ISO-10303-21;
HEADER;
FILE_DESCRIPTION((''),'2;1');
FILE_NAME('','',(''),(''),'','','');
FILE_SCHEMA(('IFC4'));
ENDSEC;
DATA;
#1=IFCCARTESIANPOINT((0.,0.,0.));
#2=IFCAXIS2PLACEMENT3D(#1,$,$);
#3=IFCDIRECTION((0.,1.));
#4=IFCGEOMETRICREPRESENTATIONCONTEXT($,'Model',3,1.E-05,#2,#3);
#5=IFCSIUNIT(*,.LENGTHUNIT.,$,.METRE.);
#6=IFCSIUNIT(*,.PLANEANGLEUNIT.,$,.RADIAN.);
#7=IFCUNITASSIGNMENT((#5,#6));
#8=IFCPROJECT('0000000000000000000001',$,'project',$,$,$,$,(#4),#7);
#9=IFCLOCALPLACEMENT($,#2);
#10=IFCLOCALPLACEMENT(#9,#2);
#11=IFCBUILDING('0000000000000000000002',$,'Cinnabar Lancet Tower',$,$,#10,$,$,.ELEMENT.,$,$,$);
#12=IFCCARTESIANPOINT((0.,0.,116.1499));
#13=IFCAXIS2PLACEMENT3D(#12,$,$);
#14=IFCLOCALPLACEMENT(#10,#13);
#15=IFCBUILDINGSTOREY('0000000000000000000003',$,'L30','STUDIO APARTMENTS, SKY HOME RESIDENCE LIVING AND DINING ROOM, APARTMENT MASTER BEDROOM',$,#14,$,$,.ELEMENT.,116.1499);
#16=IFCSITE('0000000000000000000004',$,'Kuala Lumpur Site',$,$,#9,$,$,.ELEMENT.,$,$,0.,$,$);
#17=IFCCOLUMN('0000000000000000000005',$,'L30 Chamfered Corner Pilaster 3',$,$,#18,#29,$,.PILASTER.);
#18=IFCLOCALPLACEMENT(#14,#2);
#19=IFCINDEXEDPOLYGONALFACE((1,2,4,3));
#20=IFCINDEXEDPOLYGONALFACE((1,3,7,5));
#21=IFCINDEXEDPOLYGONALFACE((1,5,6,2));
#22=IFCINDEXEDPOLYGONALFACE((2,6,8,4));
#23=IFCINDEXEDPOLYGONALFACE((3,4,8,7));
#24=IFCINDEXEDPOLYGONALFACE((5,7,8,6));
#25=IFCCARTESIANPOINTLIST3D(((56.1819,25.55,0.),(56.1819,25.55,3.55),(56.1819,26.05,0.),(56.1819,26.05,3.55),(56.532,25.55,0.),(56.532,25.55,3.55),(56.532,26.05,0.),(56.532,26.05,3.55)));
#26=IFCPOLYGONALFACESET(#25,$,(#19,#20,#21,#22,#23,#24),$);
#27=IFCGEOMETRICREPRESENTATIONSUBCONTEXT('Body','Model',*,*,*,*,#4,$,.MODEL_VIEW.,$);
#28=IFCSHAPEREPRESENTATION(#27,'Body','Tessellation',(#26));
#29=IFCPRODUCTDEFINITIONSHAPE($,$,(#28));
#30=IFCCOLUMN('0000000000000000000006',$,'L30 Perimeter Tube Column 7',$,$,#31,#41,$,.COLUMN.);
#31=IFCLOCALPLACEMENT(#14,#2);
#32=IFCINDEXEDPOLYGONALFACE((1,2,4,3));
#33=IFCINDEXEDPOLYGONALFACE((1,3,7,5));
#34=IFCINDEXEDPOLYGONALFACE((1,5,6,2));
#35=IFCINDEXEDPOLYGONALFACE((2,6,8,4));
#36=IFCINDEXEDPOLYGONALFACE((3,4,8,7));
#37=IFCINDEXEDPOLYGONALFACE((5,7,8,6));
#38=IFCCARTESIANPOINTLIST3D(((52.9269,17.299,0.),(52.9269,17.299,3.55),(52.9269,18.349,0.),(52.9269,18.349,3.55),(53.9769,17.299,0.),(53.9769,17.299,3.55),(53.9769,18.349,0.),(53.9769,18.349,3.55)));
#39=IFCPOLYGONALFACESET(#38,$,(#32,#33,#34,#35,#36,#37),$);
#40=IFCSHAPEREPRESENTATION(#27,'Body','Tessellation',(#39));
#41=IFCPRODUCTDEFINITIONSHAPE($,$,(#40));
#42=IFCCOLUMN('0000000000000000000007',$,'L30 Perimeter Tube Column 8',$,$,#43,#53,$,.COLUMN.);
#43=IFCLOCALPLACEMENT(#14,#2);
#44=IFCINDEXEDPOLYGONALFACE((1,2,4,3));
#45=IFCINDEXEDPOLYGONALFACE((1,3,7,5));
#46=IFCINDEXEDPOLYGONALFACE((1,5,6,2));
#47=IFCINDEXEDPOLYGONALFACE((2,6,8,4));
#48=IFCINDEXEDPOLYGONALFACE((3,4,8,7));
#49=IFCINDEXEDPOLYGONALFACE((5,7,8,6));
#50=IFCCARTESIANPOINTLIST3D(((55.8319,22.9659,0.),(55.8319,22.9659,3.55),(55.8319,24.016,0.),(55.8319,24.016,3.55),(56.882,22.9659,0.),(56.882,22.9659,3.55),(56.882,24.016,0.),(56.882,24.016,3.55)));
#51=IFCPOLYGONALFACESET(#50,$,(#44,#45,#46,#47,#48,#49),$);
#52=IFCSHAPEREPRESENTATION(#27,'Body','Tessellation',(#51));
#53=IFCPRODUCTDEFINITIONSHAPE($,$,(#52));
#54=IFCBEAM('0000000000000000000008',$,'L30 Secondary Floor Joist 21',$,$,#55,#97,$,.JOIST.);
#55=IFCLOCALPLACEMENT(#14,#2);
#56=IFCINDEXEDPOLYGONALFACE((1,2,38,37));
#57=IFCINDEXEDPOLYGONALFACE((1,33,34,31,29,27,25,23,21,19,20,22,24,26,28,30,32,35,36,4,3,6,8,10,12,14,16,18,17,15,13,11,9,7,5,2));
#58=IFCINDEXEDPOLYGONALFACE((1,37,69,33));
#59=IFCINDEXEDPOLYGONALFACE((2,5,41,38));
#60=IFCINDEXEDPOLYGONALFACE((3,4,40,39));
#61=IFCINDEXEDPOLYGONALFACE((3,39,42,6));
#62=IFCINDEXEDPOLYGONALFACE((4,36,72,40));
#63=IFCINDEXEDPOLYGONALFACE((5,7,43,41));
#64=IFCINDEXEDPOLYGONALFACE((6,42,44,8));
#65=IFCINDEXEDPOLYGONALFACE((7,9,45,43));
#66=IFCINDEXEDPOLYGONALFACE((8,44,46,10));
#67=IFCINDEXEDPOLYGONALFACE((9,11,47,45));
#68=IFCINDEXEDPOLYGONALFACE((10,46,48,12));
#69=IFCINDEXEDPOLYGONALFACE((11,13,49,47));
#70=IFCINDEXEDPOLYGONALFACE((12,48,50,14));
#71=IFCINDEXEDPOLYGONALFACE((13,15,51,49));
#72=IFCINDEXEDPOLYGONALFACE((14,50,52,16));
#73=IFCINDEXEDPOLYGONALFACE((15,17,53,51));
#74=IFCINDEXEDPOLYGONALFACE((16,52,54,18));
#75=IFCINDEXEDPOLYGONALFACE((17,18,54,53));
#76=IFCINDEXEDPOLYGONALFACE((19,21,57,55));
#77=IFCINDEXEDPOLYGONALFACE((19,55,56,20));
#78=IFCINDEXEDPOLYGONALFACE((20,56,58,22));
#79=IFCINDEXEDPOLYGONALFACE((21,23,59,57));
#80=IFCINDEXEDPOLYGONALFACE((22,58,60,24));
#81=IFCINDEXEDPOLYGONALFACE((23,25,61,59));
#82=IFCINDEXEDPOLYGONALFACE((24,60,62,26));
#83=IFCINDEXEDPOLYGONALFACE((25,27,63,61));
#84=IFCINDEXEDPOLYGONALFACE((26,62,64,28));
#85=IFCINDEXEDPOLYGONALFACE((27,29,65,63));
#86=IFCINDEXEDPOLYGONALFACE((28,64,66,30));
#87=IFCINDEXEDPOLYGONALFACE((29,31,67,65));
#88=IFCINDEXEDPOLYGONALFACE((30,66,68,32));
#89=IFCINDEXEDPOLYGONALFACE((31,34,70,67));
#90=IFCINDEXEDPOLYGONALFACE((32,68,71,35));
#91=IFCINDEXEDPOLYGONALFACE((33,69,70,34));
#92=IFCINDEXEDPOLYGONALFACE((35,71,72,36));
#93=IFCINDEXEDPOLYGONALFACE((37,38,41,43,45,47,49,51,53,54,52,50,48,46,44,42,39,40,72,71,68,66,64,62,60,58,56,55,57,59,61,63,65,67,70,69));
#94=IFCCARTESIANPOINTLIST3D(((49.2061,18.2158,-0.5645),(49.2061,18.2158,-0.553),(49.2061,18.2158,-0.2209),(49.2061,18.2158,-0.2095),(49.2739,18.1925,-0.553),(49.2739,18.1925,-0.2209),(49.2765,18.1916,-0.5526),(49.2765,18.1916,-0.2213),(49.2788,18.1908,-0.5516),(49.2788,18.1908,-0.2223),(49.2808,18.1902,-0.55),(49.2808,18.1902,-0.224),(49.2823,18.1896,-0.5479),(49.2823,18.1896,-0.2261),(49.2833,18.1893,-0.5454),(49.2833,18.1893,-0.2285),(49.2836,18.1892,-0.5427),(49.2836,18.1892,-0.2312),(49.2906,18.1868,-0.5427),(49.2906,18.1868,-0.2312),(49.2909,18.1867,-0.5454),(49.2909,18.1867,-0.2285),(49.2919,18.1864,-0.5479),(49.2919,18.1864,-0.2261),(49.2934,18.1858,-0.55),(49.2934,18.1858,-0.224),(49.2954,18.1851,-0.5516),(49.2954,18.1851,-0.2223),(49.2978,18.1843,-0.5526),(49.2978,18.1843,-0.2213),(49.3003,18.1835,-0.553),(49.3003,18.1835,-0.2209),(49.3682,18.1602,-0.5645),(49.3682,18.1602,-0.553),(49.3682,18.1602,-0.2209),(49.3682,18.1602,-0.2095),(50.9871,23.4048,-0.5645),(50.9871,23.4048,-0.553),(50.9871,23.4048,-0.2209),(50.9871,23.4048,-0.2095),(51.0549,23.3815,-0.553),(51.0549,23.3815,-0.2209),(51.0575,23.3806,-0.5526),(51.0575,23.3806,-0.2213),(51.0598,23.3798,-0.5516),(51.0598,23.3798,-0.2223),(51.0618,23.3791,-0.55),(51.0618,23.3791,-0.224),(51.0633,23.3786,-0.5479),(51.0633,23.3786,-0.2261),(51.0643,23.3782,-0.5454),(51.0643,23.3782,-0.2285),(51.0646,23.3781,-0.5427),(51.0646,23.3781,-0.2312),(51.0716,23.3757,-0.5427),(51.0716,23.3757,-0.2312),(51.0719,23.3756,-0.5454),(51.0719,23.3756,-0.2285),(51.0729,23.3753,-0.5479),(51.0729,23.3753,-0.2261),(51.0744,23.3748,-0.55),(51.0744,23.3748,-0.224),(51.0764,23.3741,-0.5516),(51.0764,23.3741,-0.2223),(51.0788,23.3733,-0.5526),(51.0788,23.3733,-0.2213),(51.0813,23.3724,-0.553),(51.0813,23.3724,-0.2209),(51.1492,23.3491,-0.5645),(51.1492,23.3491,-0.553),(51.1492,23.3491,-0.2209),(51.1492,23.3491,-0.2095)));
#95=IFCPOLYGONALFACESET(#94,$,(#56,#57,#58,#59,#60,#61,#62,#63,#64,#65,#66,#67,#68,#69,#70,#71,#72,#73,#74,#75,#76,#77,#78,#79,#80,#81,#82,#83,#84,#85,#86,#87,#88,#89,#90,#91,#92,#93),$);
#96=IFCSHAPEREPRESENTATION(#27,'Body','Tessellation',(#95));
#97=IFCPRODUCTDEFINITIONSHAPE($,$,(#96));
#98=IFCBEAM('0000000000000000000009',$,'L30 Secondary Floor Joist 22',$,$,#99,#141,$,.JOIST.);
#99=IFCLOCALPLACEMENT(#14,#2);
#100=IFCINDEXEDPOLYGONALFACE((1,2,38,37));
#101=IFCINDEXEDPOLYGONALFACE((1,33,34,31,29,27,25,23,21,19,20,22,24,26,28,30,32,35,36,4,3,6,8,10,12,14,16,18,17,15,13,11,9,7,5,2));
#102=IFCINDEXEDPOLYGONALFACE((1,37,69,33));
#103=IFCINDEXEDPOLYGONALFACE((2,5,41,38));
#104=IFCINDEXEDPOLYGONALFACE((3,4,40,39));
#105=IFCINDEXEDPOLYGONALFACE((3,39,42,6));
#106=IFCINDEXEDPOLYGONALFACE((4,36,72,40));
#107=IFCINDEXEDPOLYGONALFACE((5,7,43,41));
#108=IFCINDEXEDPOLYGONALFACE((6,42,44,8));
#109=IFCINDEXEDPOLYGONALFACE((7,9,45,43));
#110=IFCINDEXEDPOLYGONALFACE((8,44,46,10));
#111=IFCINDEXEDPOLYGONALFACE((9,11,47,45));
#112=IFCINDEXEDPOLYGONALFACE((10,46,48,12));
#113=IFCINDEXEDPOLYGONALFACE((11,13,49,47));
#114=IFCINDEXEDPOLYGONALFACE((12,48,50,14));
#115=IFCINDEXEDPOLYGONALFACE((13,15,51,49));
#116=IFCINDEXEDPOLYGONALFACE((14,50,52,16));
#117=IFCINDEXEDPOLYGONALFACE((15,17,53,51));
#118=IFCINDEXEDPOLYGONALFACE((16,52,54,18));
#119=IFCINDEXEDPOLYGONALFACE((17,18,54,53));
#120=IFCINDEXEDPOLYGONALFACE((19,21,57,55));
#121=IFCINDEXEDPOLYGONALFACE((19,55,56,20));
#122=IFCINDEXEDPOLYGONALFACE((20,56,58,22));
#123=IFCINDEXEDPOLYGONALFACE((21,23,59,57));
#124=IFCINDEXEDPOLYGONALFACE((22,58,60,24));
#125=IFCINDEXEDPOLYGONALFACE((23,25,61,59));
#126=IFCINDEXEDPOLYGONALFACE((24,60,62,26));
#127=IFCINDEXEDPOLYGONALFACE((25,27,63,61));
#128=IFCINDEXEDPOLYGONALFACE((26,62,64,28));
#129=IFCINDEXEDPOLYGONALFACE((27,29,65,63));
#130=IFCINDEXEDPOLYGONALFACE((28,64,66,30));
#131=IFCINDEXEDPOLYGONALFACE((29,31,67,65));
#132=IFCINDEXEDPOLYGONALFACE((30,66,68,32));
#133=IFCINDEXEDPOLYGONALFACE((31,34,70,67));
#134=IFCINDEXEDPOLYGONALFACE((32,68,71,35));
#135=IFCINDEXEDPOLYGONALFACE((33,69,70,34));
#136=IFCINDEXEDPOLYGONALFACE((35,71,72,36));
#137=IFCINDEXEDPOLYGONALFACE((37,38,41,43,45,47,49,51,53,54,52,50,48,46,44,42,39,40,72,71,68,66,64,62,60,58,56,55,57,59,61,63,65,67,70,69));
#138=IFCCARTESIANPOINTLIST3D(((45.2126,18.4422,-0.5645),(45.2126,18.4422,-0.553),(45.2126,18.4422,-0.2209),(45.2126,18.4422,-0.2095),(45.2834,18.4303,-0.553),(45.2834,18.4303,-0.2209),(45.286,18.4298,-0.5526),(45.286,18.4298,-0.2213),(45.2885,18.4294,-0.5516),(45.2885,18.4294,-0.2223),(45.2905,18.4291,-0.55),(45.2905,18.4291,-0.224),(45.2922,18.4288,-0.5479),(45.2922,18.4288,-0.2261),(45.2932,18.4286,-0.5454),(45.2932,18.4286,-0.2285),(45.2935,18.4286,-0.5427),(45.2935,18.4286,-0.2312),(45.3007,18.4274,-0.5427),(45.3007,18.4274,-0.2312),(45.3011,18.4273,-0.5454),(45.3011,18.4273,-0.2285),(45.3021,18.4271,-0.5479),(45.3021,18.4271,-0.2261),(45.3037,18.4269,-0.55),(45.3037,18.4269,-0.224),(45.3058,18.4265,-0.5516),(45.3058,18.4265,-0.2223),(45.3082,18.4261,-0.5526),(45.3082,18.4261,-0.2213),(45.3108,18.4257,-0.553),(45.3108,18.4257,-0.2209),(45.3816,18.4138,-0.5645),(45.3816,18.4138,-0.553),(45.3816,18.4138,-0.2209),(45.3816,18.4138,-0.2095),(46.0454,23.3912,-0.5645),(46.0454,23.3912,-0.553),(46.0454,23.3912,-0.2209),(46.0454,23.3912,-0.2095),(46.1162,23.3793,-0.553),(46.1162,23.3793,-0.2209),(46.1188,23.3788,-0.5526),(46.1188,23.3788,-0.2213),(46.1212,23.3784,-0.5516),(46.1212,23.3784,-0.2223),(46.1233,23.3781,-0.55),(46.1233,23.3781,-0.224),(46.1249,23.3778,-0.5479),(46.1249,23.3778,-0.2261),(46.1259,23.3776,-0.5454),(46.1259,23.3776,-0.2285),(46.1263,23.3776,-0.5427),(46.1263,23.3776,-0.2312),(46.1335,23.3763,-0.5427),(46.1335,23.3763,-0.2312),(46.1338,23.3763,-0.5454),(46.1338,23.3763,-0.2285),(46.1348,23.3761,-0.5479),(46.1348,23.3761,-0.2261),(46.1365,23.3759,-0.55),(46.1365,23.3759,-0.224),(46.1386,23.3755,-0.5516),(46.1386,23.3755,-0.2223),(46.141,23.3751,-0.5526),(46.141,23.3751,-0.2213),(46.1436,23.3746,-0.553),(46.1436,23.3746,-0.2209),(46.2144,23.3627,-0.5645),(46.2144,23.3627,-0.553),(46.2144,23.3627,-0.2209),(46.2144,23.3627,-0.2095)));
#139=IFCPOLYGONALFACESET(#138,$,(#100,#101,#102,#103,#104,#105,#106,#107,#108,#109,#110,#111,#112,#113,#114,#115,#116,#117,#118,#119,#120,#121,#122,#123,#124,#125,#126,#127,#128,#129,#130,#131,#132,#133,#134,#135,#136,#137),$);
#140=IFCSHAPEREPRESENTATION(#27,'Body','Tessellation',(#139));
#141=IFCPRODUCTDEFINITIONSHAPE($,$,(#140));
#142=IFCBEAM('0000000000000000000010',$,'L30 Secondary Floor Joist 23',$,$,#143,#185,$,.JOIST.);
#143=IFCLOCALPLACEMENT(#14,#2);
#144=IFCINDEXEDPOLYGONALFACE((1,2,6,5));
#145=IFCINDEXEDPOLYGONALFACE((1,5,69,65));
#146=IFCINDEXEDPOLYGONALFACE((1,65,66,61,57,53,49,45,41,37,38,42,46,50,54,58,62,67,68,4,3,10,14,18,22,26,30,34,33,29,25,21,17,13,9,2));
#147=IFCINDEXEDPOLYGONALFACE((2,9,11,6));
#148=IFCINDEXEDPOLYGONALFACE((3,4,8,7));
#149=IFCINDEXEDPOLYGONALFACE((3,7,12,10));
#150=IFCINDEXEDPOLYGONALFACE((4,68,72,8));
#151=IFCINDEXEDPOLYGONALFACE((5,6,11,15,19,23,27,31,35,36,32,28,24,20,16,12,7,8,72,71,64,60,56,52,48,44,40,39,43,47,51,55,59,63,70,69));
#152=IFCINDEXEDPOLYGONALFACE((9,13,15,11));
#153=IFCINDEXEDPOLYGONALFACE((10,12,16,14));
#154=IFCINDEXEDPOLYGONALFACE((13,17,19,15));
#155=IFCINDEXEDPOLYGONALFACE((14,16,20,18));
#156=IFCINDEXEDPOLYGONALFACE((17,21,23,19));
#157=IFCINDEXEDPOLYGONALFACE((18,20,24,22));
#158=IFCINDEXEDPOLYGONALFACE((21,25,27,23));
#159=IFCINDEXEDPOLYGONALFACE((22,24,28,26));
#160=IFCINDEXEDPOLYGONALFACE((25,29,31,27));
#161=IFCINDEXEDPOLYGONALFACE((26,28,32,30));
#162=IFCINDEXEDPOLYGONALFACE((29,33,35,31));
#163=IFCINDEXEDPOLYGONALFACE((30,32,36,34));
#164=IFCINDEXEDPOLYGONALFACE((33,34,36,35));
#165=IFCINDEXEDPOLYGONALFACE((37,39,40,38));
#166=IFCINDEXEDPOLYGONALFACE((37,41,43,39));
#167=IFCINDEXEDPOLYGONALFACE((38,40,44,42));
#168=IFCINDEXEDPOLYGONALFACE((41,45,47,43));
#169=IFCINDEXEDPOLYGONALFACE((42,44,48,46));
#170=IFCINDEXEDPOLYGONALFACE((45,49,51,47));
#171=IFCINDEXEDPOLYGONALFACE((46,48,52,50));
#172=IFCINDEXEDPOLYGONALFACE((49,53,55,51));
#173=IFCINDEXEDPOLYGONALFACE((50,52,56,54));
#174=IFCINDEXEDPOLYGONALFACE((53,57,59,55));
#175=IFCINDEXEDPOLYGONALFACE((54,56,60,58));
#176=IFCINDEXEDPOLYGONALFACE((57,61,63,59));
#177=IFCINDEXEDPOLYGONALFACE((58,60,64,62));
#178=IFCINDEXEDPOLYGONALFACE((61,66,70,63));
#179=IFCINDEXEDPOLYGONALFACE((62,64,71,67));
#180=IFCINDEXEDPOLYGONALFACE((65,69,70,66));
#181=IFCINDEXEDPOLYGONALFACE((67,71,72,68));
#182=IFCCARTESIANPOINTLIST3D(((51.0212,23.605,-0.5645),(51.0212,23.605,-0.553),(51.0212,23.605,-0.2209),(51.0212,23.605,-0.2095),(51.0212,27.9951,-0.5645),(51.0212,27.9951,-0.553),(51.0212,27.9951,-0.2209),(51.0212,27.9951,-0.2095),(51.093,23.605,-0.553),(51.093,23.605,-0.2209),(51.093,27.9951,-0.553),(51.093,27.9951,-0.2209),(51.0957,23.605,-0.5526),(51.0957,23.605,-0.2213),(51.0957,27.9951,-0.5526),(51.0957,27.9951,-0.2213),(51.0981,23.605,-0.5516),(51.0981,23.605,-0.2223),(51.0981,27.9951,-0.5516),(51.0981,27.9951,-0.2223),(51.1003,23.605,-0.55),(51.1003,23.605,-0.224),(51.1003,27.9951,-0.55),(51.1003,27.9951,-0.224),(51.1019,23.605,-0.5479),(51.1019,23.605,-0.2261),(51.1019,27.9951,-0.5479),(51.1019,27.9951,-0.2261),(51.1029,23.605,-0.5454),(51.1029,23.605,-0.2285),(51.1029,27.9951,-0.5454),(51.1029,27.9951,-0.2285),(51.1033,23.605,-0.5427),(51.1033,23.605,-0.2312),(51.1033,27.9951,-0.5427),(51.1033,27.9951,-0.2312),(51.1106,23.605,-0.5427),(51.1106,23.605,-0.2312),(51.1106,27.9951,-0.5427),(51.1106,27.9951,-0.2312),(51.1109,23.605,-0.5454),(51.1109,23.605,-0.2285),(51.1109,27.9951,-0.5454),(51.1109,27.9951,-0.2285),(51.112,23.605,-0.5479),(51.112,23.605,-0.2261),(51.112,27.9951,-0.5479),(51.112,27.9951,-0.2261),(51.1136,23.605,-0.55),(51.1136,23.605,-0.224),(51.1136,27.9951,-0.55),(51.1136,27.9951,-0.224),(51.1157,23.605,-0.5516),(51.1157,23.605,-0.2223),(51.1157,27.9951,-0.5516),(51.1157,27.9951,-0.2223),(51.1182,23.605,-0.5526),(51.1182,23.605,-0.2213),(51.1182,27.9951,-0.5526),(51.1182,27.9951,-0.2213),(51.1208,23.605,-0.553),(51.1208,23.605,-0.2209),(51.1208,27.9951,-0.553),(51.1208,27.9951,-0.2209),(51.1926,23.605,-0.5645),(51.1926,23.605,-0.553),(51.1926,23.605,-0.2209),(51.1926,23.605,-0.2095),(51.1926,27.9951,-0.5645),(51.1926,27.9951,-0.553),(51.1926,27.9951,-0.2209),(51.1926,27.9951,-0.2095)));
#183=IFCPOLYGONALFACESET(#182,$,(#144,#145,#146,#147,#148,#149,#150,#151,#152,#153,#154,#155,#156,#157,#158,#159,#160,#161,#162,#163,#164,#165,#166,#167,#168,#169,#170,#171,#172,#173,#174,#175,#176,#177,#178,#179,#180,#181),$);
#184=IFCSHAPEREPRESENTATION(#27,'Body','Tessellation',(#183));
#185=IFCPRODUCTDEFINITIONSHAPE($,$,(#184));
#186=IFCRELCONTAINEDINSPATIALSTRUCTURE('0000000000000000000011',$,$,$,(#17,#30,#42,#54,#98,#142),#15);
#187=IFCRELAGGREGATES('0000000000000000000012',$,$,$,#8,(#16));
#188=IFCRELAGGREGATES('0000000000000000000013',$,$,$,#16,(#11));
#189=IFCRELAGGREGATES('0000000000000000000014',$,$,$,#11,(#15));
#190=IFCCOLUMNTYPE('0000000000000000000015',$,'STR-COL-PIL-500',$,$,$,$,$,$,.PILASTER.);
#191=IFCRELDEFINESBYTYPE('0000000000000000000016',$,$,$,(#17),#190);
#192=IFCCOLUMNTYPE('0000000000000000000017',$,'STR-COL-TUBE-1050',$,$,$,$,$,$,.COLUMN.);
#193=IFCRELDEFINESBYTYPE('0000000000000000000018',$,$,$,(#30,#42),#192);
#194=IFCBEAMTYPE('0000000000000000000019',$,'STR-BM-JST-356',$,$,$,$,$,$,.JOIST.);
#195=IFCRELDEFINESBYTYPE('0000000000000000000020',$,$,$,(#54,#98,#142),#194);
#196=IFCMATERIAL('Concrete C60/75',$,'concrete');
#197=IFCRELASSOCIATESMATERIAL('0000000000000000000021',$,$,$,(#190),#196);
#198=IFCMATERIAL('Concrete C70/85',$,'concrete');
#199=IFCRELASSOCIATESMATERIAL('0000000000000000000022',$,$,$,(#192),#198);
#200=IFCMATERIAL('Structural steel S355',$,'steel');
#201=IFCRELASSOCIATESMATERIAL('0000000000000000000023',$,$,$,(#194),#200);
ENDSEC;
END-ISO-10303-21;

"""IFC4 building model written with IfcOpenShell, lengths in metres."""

from ifc_helpers import new_model, si_unit, direction, frame, origin, origin_2d, place, context, subcontext, project, spatial, rectangle, i_section, extrude, material, material_profile, profile_set, type_object, element, save


model = new_model("IFC4")

# Units and contexts
model_context = context("Model", 3, precision=1e-05, world=origin(), true_north=direction((0.0, 1.0)))
body_context = subcontext(model_context, "Body", "Model", "MODEL_VIEW")
ifc_project = project(units=[si_unit("LENGTHUNIT", "METRE"), si_unit("PLANEANGLEUNIT", "RADIAN")], contexts=[model_context])

# Site, building, storey
site_placement = place(None, origin())
site = spatial("IfcSite", under=ifc_project, at=site_placement, Name="Kuala Lumpur Site", CompositionType="ELEMENT", RefElevation=0.0)
building_placement = place(site_placement, origin())
building = spatial("IfcBuilding", under=site, at=building_placement, Name="Cinnabar Lancet Tower", CompositionType="ELEMENT")
storey_placement = place(building_placement, frame((0.0, 0.0, 116.1499)))
storey = spatial("IfcBuildingStorey", under=building, at=storey_placement, Name="L30", Description="STUDIO APARTMENTS, SKY HOME RESIDENCE LIVING AND DINING ROOM, APARTMENT MASTER BEDROOM", CompositionType="ELEMENT", Elevation=116.1499)

# Columns
ifc_material_1 = material(Name="Concrete C60/75", Category="concrete")
ifc_material_profile_1 = material_profile(ifc_material_1, rectangle(XDim=0.5, YDim=0.3501, at=origin_2d()), Name="RC-PIL 500x350")
ifc_profile_set_1 = profile_set([ifc_material_profile_1], Name="Concrete C60/75")
column_type_1 = type_object("IfcColumnType", Name="STR-COL-PIL-500", PredefinedType="PILASTER", material=ifc_profile_set_1)
column_placement = place(storey_placement, frame((56.3569, 25.8, 0.0), z_axis=(0.0, 0.0, 1.0), x_axis=(0.0, 1.0, 0.0)))
element("IfcColumn", 1, at=column_placement, inside=storey, type_object=column_type_1, Name="L30 Chamfered Corner Pilaster 3", PredefinedType="PILASTER", context=body_context, shape_type="SweptSolid", body=[
    extrude(rectangle(XDim=0.5, YDim=0.3501, at=origin_2d()), origin(), (0.0, 0.0, 1.0), 3.55),
])
ifc_material_2 = material(Name="Concrete C70/85", Category="concrete")
ifc_material_profile_2 = material_profile(ifc_material_2, rectangle(XDim=1.05, YDim=1.05, at=origin_2d()), Name="RC-COL 1050x1050")
ifc_profile_set_2 = profile_set([ifc_material_profile_2], Name="Concrete C70/85")
column_type_2 = type_object("IfcColumnType", Name="STR-COL-TUBE-1050", PredefinedType="COLUMN", material=ifc_profile_set_2)
for number, where, z_axis, x_axis, name in (
    (2, (53.4519, 17.824, 0.0), (0.0, 0.0, 1.0), (1.0, 0.0, 0.0), "L30 Perimeter Tube Column 7"),
    (3, (56.3569, 23.491, 0.0), (0.0, 0.0, 1.0), (1.0, 0.0, 0.0), "L30 Perimeter Tube Column 8"),
):
    element("IfcColumn", number, at=place(storey_placement, frame(where, z_axis=z_axis, x_axis=x_axis)), inside=storey, type_object=column_type_2, Name=name, PredefinedType="COLUMN", context=body_context, shape_type="SweptSolid", body=[
        extrude(rectangle(XDim=1.05, YDim=1.05, at=origin_2d()), origin(), (0.0, 0.0, 1.0), 3.55),
    ])

# Beams
ifc_material_3 = material(Name="Structural steel S355", Category="steel")
ifc_material_profile_3 = material_profile(ifc_material_3, i_section(OverallWidth=0.1714, OverallDepth=0.355, WebThickness=0.0073, FlangeThickness=0.0115, FilletRadius=0.0103, at=origin_2d()), Name="UKB 356x171x51")
ifc_profile_set_3 = profile_set([ifc_material_profile_3], Name="Structural steel S355")
beam_type_1 = type_object("IfcBeamType", Name="STR-BM-JST-356", PredefinedType="JOIST", material=ifc_profile_set_3)
beam_1_placement = place(storey_placement, frame((49.2871, 18.188, -0.387), z_axis=(0.324639, 0.945838, 0.0), x_axis=(-0.945838, 0.324639, 0.0)))
element("IfcBeam", 4, at=beam_1_placement, inside=storey, type_object=beam_type_1, Name="L30 Secondary Floor Joist 21", PredefinedType="JOIST", context=body_context, shape_type="SweptSolid", body=[
    extrude(i_section(OverallWidth=0.1714, OverallDepth=0.355, WebThickness=0.0073, FlangeThickness=0.0115, FilletRadius=0.0103, at=origin_2d()), origin(), (0.0, 0.0, 1.0), 5.4861),
])
beam_2_placement = place(storey_placement, frame((45.2971, 18.428, -0.387), z_axis=(0.165937, 0.986136, 0.0), x_axis=(-0.986136, 0.165937, 0.0)))
element("IfcBeam", 5, at=beam_2_placement, inside=storey, type_object=beam_type_1, Name="L30 Secondary Floor Joist 22", PredefinedType="JOIST", context=body_context, shape_type="SweptSolid", body=[
    extrude(i_section(OverallWidth=0.1714, OverallDepth=0.355, WebThickness=0.0073, FlangeThickness=0.0115, FilletRadius=0.0103, at=origin_2d()), origin(), (0.0, 0.0, 1.0), 5.0186),
])
for number, where, z_axis, x_axis, name in (
    (6, (51.1069, 23.605, -0.387), (0.0, 1.0, 0.0), (-1.0, 0.0, 0.0), "L30 Secondary Floor Joist 23"),
):
    element("IfcBeam", number, at=place(storey_placement, frame(where, z_axis=z_axis, x_axis=x_axis)), inside=storey, type_object=beam_type_1, Name=name, PredefinedType="JOIST", context=body_context, shape_type="SweptSolid", body=[
        extrude(i_section(OverallWidth=0.1714, OverallDepth=0.355, WebThickness=0.0073, FlangeThickness=0.0115, FilletRadius=0.0103, at=origin_2d()), origin(), (0.0, 0.0, 1.0), 4.3901),
    ])

save(model, "model.ifc")
